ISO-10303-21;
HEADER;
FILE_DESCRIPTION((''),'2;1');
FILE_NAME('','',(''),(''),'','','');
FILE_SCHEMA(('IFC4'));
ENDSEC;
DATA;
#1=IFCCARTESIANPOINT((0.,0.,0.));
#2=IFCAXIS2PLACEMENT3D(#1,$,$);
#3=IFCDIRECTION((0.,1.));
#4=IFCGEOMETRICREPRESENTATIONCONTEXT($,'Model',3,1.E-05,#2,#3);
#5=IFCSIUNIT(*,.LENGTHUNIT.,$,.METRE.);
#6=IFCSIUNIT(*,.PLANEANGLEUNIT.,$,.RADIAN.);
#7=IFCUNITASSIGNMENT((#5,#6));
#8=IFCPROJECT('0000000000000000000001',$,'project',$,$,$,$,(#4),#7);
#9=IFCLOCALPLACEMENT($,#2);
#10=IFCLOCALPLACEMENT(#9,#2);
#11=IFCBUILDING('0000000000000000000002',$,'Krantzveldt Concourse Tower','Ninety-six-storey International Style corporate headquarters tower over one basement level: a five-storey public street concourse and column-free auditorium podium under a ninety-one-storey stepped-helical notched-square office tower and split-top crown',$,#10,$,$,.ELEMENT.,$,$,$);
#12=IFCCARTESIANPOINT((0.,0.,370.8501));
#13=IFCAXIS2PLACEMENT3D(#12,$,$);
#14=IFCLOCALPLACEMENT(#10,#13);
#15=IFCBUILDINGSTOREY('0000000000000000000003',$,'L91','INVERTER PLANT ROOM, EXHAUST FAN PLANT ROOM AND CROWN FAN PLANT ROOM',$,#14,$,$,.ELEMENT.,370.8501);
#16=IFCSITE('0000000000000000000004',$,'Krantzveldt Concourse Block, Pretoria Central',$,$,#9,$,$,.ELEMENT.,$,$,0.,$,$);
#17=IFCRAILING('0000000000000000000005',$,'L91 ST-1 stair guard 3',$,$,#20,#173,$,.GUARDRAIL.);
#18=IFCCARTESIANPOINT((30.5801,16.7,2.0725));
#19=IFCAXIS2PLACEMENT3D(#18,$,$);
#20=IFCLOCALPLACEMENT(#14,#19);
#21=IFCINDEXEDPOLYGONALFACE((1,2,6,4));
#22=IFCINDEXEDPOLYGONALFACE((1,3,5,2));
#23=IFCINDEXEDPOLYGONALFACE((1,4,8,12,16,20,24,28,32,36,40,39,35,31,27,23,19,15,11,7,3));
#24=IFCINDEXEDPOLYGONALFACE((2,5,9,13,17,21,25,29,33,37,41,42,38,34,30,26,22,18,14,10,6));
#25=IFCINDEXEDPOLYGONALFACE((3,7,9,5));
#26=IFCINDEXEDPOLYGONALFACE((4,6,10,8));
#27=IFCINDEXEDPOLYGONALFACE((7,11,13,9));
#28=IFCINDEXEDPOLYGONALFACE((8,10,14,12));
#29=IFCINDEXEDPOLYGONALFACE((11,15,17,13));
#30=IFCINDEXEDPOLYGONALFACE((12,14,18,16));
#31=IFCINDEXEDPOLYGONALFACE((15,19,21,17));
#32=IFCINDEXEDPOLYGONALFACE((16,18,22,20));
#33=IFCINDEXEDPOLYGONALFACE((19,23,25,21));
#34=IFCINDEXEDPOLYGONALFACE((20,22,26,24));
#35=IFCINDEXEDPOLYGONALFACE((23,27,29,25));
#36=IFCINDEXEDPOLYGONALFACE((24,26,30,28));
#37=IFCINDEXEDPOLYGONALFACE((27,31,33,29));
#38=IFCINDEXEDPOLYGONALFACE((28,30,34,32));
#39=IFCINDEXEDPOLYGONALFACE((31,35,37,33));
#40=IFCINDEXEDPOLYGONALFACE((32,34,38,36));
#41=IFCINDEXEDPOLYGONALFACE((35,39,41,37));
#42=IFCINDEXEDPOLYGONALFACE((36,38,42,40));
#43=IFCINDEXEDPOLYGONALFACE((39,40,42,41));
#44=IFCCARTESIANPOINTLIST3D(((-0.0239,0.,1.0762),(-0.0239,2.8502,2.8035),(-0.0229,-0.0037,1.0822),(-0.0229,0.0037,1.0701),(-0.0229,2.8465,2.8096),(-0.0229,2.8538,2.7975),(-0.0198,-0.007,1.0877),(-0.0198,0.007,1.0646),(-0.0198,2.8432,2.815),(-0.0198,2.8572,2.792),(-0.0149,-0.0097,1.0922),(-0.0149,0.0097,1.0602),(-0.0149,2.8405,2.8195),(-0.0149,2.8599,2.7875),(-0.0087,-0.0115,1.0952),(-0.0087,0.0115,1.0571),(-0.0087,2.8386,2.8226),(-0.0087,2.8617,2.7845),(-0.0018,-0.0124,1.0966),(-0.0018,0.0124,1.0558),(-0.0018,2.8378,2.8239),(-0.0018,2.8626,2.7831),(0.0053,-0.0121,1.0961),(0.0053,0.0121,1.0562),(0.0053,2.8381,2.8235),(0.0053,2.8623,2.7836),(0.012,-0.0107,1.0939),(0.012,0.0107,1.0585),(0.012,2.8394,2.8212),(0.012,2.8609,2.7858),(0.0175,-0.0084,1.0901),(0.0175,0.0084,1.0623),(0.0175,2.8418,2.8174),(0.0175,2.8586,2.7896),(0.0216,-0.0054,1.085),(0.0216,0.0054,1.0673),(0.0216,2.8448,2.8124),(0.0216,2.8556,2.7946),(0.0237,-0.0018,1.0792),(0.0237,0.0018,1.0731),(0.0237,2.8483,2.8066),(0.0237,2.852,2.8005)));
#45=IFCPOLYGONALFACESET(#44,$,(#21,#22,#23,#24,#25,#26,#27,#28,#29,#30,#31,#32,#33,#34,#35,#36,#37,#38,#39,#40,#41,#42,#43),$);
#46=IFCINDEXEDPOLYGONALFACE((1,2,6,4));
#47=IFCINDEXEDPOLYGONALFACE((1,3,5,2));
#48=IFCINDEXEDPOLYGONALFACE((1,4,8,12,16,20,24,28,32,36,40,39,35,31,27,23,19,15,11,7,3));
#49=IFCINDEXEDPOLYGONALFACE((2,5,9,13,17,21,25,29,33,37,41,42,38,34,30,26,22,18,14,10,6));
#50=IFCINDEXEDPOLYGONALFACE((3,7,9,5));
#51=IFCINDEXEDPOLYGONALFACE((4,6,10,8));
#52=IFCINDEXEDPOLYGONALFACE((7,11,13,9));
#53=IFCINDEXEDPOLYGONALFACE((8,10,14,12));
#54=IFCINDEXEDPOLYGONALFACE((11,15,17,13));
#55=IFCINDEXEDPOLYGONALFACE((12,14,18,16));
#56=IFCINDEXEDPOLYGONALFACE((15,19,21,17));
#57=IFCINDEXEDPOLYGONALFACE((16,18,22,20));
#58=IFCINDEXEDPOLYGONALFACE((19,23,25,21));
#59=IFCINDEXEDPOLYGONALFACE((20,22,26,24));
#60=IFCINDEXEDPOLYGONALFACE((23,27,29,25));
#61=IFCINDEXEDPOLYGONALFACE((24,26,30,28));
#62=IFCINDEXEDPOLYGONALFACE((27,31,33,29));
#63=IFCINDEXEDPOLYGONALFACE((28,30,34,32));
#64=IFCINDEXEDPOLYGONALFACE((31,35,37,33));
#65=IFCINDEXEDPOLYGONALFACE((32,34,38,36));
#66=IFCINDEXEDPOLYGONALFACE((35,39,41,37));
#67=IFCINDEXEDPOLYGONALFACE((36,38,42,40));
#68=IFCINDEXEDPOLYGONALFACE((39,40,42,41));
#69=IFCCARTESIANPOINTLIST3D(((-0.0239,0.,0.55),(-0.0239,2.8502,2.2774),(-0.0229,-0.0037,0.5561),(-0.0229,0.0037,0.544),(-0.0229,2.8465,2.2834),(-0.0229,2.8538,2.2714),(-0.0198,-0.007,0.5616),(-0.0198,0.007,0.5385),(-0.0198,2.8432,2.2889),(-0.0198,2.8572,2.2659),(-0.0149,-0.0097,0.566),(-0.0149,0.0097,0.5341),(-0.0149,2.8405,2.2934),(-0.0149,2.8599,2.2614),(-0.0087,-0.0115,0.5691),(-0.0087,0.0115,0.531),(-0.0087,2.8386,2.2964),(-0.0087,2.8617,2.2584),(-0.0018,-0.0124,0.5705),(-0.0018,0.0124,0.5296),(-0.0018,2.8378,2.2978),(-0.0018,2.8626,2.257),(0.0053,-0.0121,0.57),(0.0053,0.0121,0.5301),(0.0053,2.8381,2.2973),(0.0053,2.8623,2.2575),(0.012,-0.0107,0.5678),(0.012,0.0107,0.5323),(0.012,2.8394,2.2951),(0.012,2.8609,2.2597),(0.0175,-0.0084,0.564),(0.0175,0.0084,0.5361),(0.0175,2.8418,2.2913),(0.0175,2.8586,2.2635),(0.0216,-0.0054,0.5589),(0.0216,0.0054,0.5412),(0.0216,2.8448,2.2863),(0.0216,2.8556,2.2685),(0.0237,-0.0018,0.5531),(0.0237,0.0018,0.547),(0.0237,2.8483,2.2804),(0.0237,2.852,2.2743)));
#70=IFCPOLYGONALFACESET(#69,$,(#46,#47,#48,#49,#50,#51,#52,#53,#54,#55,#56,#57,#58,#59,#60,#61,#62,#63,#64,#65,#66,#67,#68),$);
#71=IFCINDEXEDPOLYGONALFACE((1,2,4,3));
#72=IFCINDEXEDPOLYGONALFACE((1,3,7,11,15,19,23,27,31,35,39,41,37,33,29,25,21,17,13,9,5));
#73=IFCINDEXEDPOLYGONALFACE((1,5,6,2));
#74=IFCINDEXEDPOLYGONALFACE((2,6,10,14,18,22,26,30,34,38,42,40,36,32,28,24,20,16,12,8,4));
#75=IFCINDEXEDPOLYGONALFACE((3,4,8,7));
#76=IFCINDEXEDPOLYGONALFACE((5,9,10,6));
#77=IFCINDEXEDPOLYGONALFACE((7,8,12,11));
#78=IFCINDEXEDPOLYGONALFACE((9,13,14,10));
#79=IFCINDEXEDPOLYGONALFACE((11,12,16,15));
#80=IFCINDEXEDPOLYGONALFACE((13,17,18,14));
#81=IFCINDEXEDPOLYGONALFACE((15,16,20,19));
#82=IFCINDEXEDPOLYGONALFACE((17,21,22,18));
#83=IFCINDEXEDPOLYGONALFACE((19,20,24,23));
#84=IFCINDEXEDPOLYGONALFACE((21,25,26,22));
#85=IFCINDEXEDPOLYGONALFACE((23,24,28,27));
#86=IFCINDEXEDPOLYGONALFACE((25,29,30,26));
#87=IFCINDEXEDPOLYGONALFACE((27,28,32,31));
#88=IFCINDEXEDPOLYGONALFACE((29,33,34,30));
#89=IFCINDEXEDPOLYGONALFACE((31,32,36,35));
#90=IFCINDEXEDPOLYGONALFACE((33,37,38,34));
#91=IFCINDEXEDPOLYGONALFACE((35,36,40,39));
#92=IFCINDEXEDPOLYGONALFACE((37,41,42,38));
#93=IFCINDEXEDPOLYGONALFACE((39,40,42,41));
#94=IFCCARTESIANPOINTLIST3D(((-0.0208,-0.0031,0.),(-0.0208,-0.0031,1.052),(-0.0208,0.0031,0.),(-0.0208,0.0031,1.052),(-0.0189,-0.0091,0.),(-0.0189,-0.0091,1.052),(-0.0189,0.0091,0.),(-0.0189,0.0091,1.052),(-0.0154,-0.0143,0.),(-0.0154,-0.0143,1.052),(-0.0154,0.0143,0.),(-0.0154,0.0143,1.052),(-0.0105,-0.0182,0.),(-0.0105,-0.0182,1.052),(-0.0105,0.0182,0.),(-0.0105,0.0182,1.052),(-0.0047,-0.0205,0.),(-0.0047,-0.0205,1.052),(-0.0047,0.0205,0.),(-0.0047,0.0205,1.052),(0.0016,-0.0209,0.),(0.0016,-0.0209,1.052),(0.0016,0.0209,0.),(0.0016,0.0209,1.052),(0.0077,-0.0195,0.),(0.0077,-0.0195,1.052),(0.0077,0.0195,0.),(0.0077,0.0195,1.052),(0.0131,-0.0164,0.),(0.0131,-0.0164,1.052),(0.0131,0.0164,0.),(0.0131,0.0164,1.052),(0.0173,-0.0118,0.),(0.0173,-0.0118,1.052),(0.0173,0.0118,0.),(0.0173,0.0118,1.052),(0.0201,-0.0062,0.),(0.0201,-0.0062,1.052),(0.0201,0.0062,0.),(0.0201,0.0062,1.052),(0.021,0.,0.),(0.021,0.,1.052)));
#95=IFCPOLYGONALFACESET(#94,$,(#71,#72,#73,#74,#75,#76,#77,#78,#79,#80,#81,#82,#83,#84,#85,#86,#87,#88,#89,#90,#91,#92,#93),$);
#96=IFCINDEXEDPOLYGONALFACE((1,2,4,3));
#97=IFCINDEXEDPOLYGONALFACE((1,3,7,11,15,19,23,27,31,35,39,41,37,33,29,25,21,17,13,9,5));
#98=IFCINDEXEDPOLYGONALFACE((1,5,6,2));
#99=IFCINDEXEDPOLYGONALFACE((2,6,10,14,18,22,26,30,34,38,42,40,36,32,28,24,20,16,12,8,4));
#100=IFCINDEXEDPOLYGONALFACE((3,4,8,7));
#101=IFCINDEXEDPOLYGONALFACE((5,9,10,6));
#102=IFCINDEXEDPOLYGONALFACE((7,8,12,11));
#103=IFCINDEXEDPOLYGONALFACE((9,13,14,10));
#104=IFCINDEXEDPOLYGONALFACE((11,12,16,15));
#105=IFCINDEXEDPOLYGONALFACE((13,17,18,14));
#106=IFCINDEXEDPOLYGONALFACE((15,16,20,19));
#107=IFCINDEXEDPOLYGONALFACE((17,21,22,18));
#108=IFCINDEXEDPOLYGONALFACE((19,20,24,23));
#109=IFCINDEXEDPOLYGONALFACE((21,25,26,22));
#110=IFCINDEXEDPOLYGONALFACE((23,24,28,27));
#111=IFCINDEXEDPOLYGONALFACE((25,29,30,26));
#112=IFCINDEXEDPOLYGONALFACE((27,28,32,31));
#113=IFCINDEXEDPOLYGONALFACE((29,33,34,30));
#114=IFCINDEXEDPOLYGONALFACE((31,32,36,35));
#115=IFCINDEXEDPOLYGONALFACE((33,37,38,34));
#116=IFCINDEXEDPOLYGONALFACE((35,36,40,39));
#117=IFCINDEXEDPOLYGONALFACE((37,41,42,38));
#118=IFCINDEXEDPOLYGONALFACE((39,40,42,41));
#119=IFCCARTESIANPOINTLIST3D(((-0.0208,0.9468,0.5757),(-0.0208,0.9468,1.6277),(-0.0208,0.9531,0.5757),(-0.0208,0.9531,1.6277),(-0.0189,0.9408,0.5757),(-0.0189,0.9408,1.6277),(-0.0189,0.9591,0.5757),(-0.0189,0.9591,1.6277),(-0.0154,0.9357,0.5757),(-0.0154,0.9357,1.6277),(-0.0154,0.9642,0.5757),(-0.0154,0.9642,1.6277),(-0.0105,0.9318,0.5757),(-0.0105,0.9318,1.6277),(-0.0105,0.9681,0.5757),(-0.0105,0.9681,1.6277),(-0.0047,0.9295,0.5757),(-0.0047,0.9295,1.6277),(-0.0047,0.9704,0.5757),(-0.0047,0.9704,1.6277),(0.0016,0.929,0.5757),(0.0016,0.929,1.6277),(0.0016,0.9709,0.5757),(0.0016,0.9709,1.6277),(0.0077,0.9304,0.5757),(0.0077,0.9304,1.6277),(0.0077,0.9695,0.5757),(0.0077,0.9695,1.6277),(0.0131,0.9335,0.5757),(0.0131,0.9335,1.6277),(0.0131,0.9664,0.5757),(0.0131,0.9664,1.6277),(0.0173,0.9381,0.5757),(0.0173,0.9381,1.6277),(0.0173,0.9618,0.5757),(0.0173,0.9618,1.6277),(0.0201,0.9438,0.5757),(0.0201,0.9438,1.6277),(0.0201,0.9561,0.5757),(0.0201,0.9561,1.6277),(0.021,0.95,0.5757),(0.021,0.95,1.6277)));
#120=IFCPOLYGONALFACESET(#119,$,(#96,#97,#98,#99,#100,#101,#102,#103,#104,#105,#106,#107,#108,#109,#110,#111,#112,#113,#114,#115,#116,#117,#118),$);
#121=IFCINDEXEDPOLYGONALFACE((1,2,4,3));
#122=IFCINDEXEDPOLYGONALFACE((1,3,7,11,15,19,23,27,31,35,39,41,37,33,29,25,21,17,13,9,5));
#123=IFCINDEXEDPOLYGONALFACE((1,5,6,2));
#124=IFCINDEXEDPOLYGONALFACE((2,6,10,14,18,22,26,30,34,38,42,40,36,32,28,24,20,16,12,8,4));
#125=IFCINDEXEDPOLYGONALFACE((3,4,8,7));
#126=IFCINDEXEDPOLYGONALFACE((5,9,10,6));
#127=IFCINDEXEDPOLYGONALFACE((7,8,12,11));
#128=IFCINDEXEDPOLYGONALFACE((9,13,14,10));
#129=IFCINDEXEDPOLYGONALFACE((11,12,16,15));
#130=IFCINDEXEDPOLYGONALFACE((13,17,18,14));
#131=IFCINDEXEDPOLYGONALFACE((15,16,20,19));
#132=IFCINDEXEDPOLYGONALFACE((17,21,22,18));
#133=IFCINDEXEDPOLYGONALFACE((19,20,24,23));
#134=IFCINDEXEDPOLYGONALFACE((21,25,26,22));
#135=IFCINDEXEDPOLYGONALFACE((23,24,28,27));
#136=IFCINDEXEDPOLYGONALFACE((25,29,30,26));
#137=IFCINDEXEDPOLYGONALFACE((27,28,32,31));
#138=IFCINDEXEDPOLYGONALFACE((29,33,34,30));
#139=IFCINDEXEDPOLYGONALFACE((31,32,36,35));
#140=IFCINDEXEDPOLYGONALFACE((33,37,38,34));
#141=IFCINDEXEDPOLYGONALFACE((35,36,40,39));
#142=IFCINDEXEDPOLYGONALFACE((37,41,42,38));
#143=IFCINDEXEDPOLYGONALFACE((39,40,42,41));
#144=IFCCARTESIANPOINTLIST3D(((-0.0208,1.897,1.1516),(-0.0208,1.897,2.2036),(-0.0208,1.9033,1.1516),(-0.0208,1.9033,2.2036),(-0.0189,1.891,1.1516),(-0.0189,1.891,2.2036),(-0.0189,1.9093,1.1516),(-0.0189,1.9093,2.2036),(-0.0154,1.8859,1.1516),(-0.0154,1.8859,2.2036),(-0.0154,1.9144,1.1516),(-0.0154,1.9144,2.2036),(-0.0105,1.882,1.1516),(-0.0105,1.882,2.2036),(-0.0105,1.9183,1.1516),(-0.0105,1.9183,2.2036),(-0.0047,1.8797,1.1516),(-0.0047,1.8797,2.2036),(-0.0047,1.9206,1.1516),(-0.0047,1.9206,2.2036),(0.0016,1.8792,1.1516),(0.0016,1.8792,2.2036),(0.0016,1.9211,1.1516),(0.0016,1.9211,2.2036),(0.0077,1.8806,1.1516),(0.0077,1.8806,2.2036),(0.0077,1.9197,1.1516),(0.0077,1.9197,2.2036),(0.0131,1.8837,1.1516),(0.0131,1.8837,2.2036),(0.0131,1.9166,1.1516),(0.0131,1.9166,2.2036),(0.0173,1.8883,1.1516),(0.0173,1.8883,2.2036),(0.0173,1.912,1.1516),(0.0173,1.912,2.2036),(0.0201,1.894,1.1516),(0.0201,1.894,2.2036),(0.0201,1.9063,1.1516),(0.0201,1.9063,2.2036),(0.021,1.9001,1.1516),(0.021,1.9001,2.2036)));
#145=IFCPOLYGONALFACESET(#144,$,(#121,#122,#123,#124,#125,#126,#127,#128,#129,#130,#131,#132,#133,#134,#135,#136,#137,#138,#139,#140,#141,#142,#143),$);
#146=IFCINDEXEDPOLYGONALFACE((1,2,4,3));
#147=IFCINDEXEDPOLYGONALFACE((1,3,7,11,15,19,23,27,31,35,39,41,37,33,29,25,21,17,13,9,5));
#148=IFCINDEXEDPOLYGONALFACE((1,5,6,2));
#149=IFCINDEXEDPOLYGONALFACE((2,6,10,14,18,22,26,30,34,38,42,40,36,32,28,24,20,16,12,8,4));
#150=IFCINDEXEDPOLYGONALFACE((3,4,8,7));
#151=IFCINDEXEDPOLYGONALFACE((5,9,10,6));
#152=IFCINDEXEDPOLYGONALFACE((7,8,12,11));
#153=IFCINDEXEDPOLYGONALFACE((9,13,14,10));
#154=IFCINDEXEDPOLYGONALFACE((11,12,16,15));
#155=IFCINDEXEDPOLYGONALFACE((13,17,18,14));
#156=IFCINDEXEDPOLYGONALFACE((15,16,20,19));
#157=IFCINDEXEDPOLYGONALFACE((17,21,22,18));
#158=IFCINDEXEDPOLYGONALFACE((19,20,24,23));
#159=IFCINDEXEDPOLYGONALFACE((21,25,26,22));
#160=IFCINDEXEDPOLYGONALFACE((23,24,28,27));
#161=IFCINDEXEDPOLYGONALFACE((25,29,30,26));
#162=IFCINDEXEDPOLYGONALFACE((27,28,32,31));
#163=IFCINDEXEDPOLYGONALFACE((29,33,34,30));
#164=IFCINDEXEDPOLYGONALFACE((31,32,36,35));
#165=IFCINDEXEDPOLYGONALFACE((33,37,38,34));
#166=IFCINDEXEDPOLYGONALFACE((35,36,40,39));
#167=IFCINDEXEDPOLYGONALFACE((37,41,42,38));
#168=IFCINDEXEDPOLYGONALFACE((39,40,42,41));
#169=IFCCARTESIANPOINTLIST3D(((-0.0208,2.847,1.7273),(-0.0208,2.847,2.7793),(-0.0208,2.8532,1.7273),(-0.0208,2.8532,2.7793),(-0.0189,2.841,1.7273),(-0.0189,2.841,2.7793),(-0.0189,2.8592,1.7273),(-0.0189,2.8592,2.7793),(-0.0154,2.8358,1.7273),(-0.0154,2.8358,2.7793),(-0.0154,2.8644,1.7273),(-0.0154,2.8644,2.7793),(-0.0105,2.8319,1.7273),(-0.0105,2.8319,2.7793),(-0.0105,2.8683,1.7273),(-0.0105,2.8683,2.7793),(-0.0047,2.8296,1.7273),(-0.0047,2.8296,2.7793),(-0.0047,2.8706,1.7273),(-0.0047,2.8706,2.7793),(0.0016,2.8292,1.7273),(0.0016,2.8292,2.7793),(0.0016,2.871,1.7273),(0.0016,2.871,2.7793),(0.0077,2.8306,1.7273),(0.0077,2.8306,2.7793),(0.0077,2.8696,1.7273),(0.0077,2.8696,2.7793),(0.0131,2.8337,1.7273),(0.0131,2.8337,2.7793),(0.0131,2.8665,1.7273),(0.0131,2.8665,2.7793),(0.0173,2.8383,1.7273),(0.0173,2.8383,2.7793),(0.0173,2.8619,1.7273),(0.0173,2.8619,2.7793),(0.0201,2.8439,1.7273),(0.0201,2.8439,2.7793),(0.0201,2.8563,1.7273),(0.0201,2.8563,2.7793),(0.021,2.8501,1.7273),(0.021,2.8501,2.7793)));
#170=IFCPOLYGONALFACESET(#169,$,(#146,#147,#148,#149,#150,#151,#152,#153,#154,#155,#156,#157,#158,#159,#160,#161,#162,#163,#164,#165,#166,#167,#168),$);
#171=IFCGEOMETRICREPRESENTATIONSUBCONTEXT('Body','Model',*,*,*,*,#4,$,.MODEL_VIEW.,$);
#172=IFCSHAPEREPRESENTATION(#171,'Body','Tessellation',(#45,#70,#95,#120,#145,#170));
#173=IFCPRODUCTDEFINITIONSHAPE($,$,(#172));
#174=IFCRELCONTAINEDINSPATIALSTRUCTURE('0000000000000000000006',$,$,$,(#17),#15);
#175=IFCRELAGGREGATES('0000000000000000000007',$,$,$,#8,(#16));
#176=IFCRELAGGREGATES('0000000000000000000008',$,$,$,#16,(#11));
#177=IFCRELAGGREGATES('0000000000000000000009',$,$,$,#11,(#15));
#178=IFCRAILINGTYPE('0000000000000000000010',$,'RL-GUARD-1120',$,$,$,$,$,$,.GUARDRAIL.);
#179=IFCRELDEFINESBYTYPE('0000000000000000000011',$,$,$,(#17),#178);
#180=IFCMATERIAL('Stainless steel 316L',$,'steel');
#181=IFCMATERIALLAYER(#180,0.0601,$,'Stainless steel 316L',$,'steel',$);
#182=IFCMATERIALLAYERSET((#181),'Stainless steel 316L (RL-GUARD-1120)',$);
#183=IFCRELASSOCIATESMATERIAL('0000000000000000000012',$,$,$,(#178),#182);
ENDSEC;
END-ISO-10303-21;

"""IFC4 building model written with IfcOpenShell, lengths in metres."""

from ifc_helpers import new_model, si_unit, direction, frame, origin, origin_2d, place, context, subcontext, project, spatial, circle, extrude, material, layer, layer_set, type_object, element, save


model = new_model("IFC4")

# Units and contexts
model_context = context("Model", 3, precision=1e-05, world=origin(), true_north=direction((0.0, 1.0)))
body_context = subcontext(model_context, "Body", "Model", "MODEL_VIEW")
ifc_project = project(units=[si_unit("LENGTHUNIT", "METRE"), si_unit("PLANEANGLEUNIT", "RADIAN")], contexts=[model_context])

# Site, building, storey
site_placement = place(None, origin())
site = spatial("IfcSite", under=ifc_project, at=site_placement, Name="Krantzveldt Concourse Block, Pretoria Central", CompositionType="ELEMENT", RefElevation=0.0)
building_placement = place(site_placement, origin())
building = spatial("IfcBuilding", under=site, at=building_placement, Name="Krantzveldt Concourse Tower", Description="Ninety-six-storey International Style corporate headquarters tower over one basement level: a five-storey public street concourse and column-free auditorium podium under a ninety-one-storey stepped-helical notched-square office tower and split-top crown", CompositionType="ELEMENT")
storey_placement = place(building_placement, frame((0.0, 0.0, 370.8501)))
storey = spatial("IfcBuildingStorey", under=building, at=storey_placement, Name="L91", Description="INVERTER PLANT ROOM, EXHAUST FAN PLANT ROOM AND CROWN FAN PLANT ROOM", CompositionType="ELEMENT", Elevation=370.8501)

# Shared definitions
ifc_material_1 = material(Name="Stainless steel 316L", Category="steel")

# Railing
ifc_layer_1 = layer(ifc_material_1, 0.0601, Name="Stainless steel 316L", Category="steel")
ifc_layer_set_1 = layer_set([ifc_layer_1], Name="Stainless steel 316L (RL-GUARD-1120)")
railing_type_1 = type_object("IfcRailingType", Name="RL-GUARD-1120", PredefinedType="GUARDRAIL", material=ifc_layer_set_1)
railing_1_placement = place(storey_placement, frame((30.5801, 16.7, 2.0725)))
element("IfcRailing", 1, at=railing_1_placement, inside=storey, type_object=railing_type_1, Name="L91 ST-1 stair guard 3", PredefinedType="GUARDRAIL", context=body_context, shape_type="SweptSolid", body=[
    extrude(circle(Radius=0.0239, at=origin_2d()), frame((0.0, 0.0, 1.0762), z_axis=(0.0, 0.855203, 0.518294), x_axis=(-1.0, 0.0, 0.0)), (0.0, 0.0, 1.0), 3.3328),
    extrude(circle(Radius=0.0239, at=origin_2d()), frame((0.0, 0.0, 0.55), z_axis=(0.0, 0.855203, 0.518294), x_axis=(-1.0, 0.0, 0.0)), (0.0, 0.0, 1.0), 3.3328),
    extrude(circle(Radius=0.021, at=origin_2d()), origin(), (0.0, 0.0, 1.0), 1.052),
    extrude(circle(Radius=0.021, at=origin_2d()), frame((0.0, 0.95, 0.5757)), (0.0, 0.0, 1.0), 1.052),
    extrude(circle(Radius=0.021, at=origin_2d()), frame((0.0, 1.9001, 1.1516)), (0.0, 0.0, 1.0), 1.052),
    extrude(circle(Radius=0.021, at=origin_2d()), frame((0.0, 2.8501, 1.7273)), (0.0, 0.0, 1.0), 1.052),
])

save(model, "model.ifc")
